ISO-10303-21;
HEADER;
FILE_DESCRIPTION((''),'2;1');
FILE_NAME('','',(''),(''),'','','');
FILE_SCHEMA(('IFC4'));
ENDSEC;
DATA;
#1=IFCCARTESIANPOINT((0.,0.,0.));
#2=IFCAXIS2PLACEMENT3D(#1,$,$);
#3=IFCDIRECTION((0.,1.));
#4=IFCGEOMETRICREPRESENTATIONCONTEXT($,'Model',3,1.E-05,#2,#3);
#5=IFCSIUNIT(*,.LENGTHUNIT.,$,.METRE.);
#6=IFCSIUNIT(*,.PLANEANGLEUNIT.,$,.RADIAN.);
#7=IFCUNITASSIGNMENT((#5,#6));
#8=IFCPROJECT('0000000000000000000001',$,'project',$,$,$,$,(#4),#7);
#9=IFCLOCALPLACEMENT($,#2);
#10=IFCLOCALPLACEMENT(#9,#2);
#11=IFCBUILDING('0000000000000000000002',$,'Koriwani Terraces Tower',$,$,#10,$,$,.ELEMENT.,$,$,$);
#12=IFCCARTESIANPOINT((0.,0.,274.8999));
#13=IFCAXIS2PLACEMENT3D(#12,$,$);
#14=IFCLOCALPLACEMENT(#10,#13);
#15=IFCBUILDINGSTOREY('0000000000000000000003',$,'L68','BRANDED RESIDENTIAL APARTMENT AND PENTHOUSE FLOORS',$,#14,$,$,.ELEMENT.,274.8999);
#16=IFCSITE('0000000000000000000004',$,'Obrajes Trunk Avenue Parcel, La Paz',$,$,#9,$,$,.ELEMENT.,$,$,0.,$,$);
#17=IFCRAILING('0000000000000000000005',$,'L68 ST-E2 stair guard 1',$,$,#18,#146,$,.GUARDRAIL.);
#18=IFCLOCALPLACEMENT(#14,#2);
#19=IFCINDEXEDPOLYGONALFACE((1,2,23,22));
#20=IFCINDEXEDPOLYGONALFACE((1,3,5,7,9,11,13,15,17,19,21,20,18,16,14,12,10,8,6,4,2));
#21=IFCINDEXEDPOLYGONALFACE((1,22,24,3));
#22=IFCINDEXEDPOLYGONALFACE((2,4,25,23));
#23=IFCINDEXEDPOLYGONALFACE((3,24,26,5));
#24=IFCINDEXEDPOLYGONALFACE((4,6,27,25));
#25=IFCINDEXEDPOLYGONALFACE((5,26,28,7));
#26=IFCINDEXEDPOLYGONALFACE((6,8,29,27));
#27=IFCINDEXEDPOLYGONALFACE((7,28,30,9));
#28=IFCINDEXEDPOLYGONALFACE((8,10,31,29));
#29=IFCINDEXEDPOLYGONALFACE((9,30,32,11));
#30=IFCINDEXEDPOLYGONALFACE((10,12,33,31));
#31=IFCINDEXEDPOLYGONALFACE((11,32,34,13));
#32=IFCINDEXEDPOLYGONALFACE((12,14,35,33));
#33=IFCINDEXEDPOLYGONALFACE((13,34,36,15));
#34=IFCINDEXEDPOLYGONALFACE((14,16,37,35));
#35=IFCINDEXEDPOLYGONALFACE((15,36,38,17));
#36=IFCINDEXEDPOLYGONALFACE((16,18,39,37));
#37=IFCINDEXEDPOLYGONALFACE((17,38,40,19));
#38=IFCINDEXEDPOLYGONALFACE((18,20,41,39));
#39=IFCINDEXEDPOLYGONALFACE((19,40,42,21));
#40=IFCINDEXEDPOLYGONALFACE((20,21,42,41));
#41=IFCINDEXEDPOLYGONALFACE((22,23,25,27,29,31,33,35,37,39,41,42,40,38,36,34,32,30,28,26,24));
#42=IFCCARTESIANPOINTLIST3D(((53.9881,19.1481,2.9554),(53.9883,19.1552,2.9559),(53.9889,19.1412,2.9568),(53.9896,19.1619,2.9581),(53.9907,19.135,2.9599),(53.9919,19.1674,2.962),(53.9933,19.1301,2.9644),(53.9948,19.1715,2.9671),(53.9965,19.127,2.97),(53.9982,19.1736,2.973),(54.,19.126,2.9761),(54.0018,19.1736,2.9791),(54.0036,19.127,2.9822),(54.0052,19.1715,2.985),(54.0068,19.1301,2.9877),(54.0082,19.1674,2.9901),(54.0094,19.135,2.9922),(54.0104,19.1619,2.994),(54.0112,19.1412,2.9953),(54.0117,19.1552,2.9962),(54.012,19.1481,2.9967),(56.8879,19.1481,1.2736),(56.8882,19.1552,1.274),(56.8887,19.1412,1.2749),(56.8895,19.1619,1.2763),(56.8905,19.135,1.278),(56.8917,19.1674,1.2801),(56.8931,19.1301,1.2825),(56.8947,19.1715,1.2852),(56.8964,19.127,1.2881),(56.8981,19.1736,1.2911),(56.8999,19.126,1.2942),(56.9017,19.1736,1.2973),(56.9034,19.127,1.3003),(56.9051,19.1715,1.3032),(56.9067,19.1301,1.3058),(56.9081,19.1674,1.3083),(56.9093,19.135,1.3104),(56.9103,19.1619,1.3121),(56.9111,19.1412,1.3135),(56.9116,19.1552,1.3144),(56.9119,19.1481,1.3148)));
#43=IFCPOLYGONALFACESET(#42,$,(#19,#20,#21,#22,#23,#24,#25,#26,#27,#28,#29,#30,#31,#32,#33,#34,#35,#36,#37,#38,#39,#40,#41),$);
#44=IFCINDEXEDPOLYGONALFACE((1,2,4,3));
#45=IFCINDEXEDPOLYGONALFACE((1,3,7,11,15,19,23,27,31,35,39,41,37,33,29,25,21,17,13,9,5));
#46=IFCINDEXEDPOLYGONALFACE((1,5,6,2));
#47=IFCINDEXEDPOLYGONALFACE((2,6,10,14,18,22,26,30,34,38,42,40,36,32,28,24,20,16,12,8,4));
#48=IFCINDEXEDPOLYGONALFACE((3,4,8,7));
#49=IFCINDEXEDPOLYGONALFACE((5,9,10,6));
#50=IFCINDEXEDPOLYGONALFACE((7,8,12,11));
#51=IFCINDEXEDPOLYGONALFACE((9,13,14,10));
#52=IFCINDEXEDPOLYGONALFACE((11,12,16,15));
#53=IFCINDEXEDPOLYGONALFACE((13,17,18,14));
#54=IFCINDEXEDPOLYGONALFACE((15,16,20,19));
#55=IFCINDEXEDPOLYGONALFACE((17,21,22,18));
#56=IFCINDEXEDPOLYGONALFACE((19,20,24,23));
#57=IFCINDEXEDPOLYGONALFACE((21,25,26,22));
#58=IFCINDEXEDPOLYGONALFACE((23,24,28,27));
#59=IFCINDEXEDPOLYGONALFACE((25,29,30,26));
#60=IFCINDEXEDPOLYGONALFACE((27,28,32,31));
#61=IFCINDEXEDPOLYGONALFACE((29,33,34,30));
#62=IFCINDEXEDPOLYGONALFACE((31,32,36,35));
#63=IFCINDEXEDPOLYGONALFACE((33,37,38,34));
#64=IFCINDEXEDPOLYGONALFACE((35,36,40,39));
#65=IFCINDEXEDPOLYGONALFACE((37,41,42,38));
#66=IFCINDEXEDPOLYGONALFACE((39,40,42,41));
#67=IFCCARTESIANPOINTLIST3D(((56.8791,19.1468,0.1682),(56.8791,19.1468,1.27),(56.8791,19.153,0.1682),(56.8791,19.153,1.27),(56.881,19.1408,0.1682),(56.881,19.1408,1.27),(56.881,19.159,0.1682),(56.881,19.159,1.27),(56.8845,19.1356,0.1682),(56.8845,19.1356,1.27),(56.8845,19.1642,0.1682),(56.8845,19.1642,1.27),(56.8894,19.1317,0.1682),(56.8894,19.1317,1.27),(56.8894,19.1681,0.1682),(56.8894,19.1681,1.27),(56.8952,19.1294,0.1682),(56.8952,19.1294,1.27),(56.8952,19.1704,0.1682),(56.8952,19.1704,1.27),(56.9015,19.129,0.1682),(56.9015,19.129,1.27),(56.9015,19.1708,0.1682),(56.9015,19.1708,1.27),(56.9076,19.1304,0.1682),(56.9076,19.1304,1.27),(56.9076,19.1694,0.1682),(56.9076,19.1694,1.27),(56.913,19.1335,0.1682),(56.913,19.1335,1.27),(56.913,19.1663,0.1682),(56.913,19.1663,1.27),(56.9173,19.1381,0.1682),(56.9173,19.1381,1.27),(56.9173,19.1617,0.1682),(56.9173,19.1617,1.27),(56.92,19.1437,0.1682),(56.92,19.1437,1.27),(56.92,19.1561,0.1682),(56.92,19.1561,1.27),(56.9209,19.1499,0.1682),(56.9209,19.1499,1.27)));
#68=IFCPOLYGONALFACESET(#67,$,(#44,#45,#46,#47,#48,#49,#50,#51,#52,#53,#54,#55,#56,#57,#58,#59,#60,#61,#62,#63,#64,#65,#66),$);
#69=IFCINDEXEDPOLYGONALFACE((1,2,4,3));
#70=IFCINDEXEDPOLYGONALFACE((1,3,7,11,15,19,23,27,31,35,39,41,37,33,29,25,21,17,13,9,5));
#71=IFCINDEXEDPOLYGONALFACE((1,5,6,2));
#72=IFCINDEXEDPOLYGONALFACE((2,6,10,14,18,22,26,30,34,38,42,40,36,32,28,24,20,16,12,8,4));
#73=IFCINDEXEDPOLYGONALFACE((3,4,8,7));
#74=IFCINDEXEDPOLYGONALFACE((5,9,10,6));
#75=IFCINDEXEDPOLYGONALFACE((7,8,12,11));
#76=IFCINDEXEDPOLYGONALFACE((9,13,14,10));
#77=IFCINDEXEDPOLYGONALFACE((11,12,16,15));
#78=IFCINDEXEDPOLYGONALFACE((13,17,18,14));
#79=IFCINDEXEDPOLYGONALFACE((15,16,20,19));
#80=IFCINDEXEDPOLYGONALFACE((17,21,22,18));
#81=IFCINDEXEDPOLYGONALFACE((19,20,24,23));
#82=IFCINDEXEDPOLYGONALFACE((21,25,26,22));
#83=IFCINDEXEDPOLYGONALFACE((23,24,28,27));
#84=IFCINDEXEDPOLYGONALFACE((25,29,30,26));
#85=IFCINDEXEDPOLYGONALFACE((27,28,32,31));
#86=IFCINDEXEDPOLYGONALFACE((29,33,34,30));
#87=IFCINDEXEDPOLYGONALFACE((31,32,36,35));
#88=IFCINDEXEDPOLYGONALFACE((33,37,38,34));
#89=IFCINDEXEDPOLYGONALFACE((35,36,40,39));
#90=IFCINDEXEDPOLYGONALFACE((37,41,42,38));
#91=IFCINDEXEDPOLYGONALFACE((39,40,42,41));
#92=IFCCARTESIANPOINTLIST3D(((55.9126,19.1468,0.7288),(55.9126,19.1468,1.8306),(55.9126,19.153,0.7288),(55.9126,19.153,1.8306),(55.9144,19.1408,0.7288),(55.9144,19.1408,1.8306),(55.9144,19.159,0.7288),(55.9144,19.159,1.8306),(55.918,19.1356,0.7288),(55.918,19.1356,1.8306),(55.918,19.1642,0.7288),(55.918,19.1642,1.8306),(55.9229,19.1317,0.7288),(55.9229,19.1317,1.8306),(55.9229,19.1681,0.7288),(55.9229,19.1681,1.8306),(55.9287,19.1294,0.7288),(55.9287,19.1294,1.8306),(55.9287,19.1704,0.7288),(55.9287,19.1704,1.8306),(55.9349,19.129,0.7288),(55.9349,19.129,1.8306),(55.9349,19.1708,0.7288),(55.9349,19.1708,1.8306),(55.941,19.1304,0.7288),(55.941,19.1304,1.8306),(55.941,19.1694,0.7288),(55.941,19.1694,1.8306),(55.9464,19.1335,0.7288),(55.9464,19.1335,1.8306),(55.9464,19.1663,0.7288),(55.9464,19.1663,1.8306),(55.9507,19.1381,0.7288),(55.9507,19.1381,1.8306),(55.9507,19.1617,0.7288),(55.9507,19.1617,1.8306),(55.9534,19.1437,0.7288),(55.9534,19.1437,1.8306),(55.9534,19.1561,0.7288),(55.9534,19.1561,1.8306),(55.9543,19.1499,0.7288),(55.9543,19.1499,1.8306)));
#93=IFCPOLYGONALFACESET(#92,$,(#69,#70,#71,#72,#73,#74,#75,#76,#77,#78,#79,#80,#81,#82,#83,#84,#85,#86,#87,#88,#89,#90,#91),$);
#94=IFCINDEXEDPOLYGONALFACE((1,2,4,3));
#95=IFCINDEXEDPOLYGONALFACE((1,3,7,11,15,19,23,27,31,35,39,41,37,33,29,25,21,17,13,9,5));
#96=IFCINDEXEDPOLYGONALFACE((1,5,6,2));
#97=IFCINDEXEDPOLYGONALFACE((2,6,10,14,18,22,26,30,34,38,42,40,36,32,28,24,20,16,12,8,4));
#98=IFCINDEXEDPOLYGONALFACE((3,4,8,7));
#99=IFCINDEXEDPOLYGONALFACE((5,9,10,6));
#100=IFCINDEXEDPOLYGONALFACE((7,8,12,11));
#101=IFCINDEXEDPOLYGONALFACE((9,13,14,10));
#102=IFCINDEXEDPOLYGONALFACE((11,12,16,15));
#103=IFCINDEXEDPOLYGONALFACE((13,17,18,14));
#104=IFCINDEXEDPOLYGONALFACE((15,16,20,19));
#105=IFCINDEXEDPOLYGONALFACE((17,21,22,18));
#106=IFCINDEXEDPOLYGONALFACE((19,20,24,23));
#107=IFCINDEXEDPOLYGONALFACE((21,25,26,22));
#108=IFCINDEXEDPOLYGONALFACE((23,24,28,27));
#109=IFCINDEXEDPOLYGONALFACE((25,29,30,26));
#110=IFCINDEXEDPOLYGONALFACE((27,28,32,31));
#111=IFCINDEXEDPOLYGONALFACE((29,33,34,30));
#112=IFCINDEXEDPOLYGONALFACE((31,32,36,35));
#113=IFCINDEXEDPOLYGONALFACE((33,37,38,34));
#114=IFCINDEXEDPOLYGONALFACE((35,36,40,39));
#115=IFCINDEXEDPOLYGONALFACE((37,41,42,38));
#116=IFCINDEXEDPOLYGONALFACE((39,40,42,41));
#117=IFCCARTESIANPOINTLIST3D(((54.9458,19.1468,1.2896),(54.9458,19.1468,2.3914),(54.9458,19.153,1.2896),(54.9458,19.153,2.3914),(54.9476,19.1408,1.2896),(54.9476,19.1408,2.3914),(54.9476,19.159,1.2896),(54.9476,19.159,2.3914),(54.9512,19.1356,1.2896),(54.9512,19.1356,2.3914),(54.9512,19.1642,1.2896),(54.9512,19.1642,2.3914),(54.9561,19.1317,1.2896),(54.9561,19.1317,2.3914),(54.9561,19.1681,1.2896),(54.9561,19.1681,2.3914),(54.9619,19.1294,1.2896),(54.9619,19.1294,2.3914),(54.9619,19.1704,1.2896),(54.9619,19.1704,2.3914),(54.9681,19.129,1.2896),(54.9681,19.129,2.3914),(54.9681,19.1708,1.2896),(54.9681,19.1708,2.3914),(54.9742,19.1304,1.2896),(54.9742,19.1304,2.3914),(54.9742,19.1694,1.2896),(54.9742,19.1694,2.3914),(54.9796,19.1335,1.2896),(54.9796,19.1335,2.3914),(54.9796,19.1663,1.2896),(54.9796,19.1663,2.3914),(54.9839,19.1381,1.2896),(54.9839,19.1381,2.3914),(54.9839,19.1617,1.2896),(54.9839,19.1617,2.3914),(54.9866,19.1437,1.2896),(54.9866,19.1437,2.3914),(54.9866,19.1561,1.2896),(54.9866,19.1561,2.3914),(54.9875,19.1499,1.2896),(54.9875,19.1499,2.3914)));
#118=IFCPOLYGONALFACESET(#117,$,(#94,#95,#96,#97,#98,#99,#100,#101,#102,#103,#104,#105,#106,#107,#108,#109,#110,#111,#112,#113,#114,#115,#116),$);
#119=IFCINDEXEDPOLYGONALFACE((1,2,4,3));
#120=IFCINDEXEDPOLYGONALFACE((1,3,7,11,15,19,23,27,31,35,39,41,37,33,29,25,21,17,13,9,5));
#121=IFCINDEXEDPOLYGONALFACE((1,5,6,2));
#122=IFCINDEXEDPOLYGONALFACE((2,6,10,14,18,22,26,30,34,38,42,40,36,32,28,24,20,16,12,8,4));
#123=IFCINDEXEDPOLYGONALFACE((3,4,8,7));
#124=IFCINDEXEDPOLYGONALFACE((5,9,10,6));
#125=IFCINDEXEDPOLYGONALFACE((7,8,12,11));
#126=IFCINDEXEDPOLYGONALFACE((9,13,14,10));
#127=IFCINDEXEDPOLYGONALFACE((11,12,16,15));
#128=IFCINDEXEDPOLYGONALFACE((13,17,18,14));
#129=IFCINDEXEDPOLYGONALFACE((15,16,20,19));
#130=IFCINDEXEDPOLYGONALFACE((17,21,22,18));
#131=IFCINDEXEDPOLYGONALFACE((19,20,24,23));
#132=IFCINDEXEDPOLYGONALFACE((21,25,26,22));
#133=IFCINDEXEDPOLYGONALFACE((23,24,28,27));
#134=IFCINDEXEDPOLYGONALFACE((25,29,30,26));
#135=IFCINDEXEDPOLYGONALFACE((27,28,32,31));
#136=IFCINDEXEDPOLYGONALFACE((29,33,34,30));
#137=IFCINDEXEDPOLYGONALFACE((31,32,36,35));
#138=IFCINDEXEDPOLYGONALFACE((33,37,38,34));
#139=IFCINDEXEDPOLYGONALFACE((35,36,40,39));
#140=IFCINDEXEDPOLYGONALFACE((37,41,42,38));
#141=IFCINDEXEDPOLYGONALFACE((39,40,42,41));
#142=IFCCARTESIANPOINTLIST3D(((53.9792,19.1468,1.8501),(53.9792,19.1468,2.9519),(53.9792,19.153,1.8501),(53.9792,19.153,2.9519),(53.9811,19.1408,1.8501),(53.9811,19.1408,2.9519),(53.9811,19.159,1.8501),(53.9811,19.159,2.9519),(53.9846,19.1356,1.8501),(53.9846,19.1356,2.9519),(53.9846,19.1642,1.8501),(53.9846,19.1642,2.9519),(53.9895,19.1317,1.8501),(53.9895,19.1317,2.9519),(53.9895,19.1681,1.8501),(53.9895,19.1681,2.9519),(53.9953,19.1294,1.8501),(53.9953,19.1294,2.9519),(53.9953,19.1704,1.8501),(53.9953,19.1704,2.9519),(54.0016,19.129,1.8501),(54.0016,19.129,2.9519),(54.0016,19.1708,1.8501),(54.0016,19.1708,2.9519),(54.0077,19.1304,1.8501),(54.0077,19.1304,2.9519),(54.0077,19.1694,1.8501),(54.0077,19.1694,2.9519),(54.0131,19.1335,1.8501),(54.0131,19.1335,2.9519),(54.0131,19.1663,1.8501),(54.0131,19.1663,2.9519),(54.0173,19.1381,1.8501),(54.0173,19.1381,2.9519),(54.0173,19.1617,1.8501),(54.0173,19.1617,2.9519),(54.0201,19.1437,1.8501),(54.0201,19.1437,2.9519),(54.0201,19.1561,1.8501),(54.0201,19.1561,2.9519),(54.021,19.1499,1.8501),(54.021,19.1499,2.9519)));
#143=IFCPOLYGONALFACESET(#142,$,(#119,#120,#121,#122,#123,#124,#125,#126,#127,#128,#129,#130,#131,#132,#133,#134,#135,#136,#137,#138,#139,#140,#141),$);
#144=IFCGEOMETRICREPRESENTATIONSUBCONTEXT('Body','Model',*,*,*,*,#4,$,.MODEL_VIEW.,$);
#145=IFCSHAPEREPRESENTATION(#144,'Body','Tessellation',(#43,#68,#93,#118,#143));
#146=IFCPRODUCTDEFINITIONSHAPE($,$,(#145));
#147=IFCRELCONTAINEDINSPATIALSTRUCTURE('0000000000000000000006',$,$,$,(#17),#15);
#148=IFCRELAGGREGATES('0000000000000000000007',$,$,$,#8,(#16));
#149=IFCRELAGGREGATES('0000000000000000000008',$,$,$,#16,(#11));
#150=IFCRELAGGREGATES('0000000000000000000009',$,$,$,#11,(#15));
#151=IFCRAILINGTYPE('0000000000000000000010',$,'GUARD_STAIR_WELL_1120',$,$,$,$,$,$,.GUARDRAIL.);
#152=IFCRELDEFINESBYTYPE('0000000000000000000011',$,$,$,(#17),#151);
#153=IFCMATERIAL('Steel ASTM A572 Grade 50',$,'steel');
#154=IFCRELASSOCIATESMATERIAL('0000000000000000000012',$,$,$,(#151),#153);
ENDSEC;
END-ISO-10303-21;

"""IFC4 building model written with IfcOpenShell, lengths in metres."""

from ifc_helpers import new_model, si_unit, direction, frame, origin, origin_2d, place, context, subcontext, project, spatial, circle, extrude, material, type_object, element, save


model = new_model("IFC4")

# Units and contexts
model_context = context("Model", 3, precision=1e-05, world=origin(), true_north=direction((0.0, 1.0)))
body_context = subcontext(model_context, "Body", "Model", "MODEL_VIEW")
ifc_project = project(units=[si_unit("LENGTHUNIT", "METRE"), si_unit("PLANEANGLEUNIT", "RADIAN")], contexts=[model_context])

# Site, building, storey
site_placement = place(None, origin())
site = spatial("IfcSite", under=ifc_project, at=site_placement, Name="Obrajes Trunk Avenue Parcel, La Paz", CompositionType="ELEMENT", RefElevation=0.0)
building_placement = place(site_placement, origin())
building = spatial("IfcBuilding", under=site, at=building_placement, Name="Koriwani Terraces Tower", CompositionType="ELEMENT")
storey_placement = place(building_placement, frame((0.0, 0.0, 274.8999)))
storey = spatial("IfcBuildingStorey", under=building, at=storey_placement, Name="L68", Description="BRANDED RESIDENTIAL APARTMENT AND PENTHOUSE FLOORS", CompositionType="ELEMENT", Elevation=274.8999)

# Shared definitions
ifc_material_1 = material(Name="Steel ASTM A572 Grade 50", Category="steel")

# Railing
railing_type_1 = type_object("IfcRailingType", Name="GUARD_STAIR_WELL_1120", PredefinedType="GUARDRAIL", material=ifc_material_1)
for number, where, name in (
    (1, (56.8999, 19.1499, 0.1682), "L68 ST-E2 stair guard 1"),
):
    element("IfcRailing", number, at=place(storey_placement, frame(where)), inside=storey, type_object=railing_type_1, Name=name, PredefinedType="GUARDRAIL", context=body_context, shape_type="SweptSolid", body=[
        extrude(circle(Radius=0.0239, at=origin_2d()), frame((0.0, 0.0, 1.126), z_axis=(-0.865039, 0.0, 0.501705), x_axis=(0.0, -1.0, 0.0)), (0.0, 0.0, 1.0), 3.3523),
        extrude(circle(Radius=0.021, at=origin_2d()), origin(), (0.0, 0.0, 1.0), 1.1018),
        extrude(circle(Radius=0.021, at=origin_2d()), frame((-0.9666, 0.0, 0.5605)), (0.0, 0.0, 1.0), 1.1018),
        extrude(circle(Radius=0.021, at=origin_2d()), frame((-1.9333, 0.0, 1.1213)), (0.0, 0.0, 1.0), 1.1018),
        extrude(circle(Radius=0.021, at=origin_2d()), frame((-2.8999, 0.0, 1.6819)), (0.0, 0.0, 1.0), 1.1018),
    ])

save(model, "model.ifc")
